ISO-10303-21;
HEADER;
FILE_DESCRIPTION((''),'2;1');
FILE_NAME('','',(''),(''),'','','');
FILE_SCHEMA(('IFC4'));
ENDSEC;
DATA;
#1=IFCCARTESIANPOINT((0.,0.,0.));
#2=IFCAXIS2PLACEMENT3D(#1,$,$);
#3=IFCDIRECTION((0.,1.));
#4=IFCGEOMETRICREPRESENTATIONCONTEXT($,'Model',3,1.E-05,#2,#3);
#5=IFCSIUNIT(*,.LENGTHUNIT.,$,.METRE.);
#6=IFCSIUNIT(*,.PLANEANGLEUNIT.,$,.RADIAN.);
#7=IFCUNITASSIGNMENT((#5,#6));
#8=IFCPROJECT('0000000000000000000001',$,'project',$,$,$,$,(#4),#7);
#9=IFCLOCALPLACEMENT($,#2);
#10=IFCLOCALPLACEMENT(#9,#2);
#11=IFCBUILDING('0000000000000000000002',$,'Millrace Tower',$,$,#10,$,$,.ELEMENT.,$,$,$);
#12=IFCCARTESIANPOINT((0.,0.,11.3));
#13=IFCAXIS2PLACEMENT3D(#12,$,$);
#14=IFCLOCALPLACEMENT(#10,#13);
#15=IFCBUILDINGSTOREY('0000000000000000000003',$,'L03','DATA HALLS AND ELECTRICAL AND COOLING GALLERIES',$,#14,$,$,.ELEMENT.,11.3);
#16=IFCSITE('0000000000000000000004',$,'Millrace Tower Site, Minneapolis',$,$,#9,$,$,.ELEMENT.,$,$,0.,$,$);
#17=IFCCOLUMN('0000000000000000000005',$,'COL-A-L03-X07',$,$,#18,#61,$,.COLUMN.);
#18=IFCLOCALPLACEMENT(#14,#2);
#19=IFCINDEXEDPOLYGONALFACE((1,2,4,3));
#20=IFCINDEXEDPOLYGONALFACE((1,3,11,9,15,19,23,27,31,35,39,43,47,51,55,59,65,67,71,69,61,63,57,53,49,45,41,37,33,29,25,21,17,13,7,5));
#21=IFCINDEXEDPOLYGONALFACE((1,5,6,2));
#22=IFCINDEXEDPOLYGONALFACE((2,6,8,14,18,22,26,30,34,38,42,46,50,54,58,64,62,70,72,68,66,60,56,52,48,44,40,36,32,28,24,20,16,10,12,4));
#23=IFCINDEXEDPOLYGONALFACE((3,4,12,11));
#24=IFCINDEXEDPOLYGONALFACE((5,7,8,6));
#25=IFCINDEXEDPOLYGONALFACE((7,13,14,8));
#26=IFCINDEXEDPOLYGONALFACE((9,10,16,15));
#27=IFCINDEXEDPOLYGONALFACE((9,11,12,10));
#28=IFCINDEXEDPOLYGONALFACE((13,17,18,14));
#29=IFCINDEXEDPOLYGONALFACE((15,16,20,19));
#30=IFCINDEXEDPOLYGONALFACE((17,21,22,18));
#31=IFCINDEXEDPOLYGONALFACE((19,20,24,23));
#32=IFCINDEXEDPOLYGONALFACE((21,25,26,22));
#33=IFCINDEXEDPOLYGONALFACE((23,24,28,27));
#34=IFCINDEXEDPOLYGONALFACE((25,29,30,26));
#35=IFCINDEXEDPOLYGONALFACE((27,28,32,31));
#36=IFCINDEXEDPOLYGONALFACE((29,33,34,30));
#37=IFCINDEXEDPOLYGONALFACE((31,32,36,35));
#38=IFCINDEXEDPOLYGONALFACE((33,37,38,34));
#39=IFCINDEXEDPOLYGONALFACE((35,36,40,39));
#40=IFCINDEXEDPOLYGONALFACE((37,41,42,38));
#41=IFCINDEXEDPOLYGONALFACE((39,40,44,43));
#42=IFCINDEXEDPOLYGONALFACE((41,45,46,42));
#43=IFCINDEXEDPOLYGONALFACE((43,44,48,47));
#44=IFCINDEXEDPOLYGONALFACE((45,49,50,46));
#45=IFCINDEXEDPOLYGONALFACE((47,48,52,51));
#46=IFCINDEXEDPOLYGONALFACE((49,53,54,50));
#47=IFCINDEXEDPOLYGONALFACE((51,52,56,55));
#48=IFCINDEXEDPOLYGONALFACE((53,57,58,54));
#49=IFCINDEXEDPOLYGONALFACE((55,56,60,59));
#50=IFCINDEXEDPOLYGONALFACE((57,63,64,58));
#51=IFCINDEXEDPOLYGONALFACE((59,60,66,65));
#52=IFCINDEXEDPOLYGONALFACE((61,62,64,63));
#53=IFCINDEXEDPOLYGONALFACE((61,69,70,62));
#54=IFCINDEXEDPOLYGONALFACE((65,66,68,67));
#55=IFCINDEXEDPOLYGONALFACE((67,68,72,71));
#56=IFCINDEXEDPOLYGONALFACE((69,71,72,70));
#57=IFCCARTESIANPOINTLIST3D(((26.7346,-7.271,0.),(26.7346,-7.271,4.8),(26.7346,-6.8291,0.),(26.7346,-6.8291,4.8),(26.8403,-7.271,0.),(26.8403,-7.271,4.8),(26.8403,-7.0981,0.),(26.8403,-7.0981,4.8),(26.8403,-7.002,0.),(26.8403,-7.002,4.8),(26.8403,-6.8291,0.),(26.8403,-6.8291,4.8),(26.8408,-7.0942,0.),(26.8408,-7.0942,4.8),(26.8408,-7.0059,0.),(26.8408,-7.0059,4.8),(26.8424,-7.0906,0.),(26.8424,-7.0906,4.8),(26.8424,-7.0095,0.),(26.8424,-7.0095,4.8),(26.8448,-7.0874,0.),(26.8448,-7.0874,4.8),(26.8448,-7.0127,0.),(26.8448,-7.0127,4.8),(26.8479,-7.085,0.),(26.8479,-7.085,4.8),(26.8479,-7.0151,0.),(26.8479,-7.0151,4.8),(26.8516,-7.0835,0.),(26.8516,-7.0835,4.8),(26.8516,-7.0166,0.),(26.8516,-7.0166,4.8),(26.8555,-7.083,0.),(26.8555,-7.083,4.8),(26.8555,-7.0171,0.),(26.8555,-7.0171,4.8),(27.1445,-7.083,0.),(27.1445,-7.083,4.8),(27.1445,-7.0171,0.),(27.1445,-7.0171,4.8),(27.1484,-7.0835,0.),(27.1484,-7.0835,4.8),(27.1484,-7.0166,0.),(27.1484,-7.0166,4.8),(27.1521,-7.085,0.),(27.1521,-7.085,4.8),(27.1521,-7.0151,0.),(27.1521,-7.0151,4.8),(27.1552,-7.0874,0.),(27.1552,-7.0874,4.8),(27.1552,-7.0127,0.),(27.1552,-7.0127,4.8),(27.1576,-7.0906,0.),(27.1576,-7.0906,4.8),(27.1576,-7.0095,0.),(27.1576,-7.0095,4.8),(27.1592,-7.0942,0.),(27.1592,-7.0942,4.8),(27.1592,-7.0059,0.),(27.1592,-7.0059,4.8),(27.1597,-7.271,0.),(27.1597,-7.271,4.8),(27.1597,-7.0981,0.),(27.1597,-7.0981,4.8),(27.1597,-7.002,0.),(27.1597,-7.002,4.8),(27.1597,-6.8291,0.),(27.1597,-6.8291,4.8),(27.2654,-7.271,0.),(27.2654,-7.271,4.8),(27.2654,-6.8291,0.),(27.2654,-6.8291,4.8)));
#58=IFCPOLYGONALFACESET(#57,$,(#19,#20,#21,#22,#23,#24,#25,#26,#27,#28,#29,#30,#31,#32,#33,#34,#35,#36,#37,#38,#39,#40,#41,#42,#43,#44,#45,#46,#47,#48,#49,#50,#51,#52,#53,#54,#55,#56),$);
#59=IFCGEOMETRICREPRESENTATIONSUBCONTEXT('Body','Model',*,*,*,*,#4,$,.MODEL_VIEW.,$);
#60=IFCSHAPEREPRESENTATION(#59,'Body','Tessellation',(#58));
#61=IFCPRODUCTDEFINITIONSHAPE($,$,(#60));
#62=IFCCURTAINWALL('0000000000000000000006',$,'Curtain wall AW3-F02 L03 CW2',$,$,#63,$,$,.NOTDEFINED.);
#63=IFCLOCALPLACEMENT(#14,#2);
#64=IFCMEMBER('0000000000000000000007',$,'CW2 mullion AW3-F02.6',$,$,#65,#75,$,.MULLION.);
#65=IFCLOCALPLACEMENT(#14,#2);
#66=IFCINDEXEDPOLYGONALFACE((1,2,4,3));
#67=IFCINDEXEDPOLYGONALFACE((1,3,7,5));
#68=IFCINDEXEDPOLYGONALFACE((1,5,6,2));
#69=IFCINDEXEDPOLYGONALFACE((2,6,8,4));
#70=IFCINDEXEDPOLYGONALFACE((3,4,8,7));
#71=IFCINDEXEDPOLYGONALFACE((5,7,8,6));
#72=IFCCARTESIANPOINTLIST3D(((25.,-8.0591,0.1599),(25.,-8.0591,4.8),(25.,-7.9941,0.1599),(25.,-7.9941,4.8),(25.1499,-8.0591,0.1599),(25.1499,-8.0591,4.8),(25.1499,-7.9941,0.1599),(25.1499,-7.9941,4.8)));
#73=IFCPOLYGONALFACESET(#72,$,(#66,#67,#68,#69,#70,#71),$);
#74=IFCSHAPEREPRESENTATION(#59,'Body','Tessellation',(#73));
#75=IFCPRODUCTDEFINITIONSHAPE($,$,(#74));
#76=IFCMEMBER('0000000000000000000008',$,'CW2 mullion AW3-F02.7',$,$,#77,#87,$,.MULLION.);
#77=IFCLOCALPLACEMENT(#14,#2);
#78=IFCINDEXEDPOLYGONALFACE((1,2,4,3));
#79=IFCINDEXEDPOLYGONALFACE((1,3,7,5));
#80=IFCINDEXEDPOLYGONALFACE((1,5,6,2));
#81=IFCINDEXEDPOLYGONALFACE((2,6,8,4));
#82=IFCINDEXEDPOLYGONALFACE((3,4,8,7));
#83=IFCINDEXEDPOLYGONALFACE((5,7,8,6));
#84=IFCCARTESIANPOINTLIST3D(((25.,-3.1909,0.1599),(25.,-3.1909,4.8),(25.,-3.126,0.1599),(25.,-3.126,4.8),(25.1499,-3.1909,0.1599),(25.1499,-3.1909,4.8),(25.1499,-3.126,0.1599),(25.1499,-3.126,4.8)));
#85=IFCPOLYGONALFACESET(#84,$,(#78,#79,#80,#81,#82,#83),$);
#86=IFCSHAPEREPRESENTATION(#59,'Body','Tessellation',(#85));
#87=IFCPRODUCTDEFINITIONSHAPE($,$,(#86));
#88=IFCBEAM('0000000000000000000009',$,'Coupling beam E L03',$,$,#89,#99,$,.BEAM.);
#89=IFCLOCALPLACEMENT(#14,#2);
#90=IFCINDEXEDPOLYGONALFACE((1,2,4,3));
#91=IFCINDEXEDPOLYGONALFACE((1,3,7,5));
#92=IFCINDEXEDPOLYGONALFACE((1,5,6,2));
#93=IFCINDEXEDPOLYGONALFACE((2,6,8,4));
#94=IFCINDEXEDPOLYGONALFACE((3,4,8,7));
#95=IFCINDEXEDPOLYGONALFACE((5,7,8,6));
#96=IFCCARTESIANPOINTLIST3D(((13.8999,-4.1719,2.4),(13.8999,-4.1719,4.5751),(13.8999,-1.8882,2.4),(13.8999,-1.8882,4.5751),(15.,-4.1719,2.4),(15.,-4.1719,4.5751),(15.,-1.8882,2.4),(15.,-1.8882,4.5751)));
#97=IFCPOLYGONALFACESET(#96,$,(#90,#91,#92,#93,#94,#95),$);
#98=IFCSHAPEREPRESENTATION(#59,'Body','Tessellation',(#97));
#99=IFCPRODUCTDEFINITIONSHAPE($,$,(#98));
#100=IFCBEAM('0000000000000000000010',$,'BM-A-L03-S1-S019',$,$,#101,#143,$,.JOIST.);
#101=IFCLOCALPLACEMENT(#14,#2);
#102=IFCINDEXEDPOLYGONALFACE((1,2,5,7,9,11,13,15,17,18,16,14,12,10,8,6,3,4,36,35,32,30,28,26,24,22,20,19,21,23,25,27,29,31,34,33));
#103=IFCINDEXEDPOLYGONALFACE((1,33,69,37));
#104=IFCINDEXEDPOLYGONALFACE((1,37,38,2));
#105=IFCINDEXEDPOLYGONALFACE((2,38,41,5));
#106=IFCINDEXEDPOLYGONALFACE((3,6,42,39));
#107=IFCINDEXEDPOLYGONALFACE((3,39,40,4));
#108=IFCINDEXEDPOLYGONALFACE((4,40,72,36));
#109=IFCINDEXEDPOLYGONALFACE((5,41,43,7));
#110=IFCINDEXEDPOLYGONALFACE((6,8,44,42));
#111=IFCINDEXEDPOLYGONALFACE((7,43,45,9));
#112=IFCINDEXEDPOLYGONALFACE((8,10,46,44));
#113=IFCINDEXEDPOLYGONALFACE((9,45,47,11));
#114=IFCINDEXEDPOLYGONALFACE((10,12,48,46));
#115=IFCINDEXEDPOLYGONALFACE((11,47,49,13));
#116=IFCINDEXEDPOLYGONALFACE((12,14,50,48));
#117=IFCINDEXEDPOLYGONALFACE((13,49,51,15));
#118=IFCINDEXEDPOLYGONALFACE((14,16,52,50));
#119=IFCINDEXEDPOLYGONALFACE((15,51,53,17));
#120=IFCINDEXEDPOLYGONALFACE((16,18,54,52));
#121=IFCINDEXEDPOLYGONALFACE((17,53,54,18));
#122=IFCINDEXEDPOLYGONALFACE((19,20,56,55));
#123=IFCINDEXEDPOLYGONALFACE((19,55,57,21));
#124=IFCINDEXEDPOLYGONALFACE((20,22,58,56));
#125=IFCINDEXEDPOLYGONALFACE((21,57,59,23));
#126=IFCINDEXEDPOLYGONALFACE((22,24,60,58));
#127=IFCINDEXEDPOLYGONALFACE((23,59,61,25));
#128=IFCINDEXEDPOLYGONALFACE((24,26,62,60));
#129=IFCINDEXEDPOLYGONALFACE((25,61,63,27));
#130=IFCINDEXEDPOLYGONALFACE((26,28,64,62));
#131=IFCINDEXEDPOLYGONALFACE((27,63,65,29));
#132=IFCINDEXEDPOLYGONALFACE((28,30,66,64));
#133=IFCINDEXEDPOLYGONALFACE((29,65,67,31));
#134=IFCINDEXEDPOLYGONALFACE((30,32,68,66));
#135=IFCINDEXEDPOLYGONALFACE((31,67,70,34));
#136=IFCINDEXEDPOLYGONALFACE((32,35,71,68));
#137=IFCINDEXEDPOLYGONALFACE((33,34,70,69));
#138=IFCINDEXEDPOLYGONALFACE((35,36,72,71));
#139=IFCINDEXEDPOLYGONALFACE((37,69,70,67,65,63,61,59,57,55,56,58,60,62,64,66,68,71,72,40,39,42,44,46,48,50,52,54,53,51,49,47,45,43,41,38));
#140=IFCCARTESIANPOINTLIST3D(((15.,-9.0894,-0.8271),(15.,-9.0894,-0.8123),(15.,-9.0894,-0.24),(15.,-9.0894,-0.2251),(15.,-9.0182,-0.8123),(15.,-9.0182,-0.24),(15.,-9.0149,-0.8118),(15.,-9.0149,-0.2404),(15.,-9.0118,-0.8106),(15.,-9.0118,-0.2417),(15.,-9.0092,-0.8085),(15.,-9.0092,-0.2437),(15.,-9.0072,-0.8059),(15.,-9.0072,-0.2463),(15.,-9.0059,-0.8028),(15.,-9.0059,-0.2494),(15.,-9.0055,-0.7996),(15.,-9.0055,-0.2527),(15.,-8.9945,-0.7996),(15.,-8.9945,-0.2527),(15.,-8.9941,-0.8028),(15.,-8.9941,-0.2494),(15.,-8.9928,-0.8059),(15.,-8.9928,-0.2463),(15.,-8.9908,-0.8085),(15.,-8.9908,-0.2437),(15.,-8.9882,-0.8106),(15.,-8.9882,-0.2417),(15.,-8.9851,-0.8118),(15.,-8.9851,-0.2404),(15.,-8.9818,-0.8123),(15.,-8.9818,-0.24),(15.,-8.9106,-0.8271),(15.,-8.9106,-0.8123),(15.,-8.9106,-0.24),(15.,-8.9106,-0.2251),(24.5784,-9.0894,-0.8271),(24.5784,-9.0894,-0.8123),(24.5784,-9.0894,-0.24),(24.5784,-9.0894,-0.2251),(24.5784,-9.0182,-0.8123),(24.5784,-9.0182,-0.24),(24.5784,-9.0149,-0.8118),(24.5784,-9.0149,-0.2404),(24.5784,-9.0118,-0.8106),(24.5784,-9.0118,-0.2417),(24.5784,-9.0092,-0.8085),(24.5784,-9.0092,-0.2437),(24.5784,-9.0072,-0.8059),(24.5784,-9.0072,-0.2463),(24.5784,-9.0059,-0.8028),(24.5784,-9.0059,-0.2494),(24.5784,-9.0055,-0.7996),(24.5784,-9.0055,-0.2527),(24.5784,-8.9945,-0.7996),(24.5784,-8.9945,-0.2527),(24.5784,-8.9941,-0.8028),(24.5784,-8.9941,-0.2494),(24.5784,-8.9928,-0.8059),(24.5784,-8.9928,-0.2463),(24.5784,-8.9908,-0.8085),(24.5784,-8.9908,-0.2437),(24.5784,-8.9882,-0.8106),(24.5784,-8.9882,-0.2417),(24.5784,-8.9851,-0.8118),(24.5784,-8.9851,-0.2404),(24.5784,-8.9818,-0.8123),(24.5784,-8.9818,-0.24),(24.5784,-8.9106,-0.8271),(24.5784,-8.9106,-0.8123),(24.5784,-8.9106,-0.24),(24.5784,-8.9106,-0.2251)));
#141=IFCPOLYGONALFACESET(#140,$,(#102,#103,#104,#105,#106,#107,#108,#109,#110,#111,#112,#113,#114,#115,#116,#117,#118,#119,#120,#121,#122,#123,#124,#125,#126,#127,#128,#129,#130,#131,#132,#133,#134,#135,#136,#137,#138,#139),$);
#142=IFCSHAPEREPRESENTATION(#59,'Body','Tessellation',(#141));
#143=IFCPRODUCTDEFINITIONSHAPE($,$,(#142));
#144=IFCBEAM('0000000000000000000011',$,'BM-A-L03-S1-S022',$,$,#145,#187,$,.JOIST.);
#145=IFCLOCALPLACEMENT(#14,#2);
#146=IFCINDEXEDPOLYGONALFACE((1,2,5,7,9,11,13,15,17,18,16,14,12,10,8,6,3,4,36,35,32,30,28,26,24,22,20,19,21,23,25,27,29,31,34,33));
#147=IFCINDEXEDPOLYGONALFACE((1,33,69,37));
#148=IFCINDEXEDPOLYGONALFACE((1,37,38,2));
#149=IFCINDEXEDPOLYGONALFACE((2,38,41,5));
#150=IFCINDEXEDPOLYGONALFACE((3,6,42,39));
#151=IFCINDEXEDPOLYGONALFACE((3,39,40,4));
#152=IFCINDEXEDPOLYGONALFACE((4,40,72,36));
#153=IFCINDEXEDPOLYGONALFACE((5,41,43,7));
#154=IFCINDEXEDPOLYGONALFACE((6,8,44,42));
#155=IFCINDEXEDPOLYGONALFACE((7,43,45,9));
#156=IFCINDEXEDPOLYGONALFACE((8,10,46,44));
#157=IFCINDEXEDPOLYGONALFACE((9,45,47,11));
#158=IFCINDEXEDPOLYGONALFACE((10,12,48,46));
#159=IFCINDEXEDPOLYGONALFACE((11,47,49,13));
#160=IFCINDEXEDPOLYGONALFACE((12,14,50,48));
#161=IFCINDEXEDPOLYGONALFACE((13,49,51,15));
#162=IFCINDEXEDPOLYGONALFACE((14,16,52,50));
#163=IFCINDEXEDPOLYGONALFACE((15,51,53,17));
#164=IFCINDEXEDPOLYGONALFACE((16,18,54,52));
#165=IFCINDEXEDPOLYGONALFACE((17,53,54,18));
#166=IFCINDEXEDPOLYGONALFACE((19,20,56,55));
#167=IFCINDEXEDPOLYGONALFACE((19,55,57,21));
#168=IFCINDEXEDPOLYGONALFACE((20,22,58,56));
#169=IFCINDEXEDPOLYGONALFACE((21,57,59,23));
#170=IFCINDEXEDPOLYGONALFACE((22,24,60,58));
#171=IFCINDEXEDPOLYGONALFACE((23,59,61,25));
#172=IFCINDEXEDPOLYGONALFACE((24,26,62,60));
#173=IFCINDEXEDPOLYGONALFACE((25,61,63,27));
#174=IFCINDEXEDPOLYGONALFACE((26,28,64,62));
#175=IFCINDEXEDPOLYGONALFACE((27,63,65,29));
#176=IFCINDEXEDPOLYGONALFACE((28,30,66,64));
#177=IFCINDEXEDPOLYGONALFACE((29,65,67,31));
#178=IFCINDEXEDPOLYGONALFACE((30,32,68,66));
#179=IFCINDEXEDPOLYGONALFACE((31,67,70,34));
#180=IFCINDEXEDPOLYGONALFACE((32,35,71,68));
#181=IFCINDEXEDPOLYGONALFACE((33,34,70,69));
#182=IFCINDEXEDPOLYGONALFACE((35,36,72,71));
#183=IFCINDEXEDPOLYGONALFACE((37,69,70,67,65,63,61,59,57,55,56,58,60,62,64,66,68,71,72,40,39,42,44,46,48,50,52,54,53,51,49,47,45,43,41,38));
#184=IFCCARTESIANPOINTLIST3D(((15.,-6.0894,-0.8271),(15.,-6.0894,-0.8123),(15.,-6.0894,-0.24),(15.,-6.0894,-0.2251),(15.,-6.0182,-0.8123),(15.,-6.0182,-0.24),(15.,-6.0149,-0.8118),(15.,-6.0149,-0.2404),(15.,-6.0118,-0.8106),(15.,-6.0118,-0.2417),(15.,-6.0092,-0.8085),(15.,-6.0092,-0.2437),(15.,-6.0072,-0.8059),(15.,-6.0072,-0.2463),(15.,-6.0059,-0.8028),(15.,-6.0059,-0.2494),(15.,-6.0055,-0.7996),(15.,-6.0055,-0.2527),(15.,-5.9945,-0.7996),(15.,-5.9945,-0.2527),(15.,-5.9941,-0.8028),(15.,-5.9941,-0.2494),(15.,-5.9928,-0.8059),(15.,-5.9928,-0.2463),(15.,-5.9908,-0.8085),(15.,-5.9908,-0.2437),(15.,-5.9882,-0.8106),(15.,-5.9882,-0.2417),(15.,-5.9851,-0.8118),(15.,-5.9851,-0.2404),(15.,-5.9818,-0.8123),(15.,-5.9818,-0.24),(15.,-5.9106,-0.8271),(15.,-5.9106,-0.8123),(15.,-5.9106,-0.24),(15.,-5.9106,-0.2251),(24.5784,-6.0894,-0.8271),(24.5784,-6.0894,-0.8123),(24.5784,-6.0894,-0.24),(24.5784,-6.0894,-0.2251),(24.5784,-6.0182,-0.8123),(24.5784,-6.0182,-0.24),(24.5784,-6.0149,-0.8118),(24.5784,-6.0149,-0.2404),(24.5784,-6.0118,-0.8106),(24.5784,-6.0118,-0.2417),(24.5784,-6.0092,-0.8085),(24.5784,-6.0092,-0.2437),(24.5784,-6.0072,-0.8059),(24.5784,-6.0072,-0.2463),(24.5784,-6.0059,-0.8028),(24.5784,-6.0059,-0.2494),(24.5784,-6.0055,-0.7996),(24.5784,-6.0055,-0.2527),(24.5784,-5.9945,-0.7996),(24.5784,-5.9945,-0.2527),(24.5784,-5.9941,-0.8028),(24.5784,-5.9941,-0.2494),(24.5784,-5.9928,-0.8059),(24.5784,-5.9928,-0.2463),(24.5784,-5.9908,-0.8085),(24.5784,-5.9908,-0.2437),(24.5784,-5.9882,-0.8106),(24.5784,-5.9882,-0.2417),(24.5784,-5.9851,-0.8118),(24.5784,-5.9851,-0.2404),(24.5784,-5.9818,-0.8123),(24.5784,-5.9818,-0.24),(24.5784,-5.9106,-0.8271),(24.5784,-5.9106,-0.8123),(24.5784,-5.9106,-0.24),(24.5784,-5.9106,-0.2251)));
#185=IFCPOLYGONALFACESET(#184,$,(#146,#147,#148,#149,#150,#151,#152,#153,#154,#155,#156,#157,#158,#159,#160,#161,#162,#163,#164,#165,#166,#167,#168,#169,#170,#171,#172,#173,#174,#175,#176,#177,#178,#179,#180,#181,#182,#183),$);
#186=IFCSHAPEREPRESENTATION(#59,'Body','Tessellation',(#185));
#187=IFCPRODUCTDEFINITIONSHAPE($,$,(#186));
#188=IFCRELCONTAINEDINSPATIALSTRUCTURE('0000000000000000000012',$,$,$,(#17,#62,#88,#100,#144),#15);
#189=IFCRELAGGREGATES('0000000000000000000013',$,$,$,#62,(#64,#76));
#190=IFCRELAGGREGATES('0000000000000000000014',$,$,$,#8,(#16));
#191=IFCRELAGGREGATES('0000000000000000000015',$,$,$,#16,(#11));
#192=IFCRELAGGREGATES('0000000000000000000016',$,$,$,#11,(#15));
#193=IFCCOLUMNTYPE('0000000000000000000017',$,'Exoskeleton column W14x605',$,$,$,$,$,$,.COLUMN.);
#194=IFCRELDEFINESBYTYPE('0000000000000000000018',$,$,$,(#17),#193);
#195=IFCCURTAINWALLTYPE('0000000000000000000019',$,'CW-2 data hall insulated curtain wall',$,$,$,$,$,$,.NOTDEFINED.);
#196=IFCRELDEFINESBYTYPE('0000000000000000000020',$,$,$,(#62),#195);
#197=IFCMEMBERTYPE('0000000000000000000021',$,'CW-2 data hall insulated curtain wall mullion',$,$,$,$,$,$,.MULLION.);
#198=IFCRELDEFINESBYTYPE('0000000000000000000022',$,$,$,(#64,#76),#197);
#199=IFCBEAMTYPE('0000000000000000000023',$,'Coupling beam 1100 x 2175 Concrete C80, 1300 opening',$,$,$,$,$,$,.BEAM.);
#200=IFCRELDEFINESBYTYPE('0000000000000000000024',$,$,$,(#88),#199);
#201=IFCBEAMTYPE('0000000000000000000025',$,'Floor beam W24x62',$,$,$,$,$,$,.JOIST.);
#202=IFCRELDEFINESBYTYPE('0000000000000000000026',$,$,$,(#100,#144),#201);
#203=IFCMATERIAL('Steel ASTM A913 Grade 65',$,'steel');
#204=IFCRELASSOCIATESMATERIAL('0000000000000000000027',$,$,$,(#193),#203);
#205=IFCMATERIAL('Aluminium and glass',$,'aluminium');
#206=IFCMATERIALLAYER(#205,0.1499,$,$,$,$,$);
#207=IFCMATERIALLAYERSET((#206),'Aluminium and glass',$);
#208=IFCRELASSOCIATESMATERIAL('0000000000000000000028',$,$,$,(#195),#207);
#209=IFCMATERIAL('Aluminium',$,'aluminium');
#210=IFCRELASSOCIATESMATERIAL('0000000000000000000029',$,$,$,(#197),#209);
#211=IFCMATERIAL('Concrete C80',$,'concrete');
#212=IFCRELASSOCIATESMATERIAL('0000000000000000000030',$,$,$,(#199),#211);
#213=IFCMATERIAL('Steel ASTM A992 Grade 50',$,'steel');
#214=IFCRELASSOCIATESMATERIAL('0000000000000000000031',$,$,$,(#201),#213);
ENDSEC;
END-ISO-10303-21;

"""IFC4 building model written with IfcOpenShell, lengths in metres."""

from ifc_helpers import new_model, si_unit, direction, frame, origin, origin_2d, place, context, subcontext, project, spatial, rectangle, i_section, extrude, material, layer, layer_set, material_profile, profile_set, type_object, element, aggregate, save


model = new_model("IFC4")

# Units and contexts
model_context = context("Model", 3, precision=1e-05, world=origin(), true_north=direction((0.0, 1.0)))
body_context = subcontext(model_context, "Body", "Model", "MODEL_VIEW")
ifc_project = project(units=[si_unit("LENGTHUNIT", "METRE"), si_unit("PLANEANGLEUNIT", "RADIAN")], contexts=[model_context])

# Site, building, storey
site_placement = place(None, origin())
site = spatial("IfcSite", under=ifc_project, at=site_placement, Name="Millrace Tower Site, Minneapolis", CompositionType="ELEMENT", RefElevation=0.0)
building_placement = place(site_placement, origin())
building = spatial("IfcBuilding", under=site, at=building_placement, Name="Millrace Tower", CompositionType="ELEMENT")
storey_placement = place(building_placement, frame((0.0, 0.0, 11.3)))
storey = spatial("IfcBuildingStorey", under=building, at=storey_placement, Name="L03", Description="DATA HALLS AND ELECTRICAL AND COOLING GALLERIES", CompositionType="ELEMENT", Elevation=11.3)

# Column
ifc_material_1 = material(Name="Steel ASTM A913 Grade 65", Category="steel")
ifc_material_profile_1 = material_profile(ifc_material_1, i_section(OverallWidth=0.4419, OverallDepth=0.5308, WebThickness=0.0659, FlangeThickness=0.1057, FilletRadius=0.0151, at=origin_2d()))
ifc_profile_set_1 = profile_set([ifc_material_profile_1], Name="Steel ASTM A913 Grade 65")
column_type = type_object("IfcColumnType", Name="Exoskeleton column W14x605", PredefinedType="COLUMN", material=ifc_profile_set_1)
column_placement = place(storey_placement, frame((27.0, -7.05, 0.0), z_axis=(0.0, 0.0, 1.0), x_axis=(0.0, 1.0, 0.0)))
element("IfcColumn", 1, at=column_placement, inside=storey, type_object=column_type, Name="COL-A-L03-X07", PredefinedType="COLUMN", context=body_context, shape_type="SweptSolid", body=[
    extrude(i_section(OverallWidth=0.4419, OverallDepth=0.5308, WebThickness=0.0659, FlangeThickness=0.1057, FilletRadius=0.0151, at=origin_2d()), origin(), (0.0, 0.0, 1.0), 4.8),
])

# Curtain wall, members
ifc_material_2 = material(Name="Aluminium and glass", Category="aluminium")
ifc_layer_1 = layer(ifc_material_2, 0.1499)
ifc_layer_set_1 = layer_set([ifc_layer_1], Name="Aluminium and glass")
curtain_wall_type = type_object("IfcCurtainWallType", Name="CW-2 data hall insulated curtain wall", PredefinedType="NOTDEFINED", material=ifc_layer_set_1)
placement = place(storey_placement, origin())
curtain_wall = element("IfcCurtainWall", 2, at=placement, inside=storey, type_object=curtain_wall_type, Name="Curtain wall AW3-F02 L03 CW2", PredefinedType="NOTDEFINED")
ifc_material_3 = material(Name="Aluminium", Category="aluminium")
ifc_material_profile_2 = material_profile(ifc_material_3, rectangle(XDim=0.0649, YDim=0.1499, at=origin_2d()))
ifc_profile_set_2 = profile_set([ifc_material_profile_2], Name="Aluminium")
member_type = type_object("IfcMemberType", Name="CW-2 data hall insulated curtain wall mullion", PredefinedType="MULLION", material=ifc_profile_set_2)
member_1_placement = place(storey_placement, frame((25.075, -8.0266, 0.1599), z_axis=(0.0, 0.0, 1.0), x_axis=(0.0, 1.0, 0.0)))
member_1 = element("IfcMember", 3, at=member_1_placement, type_object=member_type, Name="CW2 mullion AW3-F02.6", PredefinedType="MULLION", context=body_context, shape_type="SweptSolid", body=[
    extrude(rectangle(XDim=0.0649, YDim=0.1499, at=origin_2d()), origin(), (0.0, 0.0, 1.0), 4.6401),
])
member_2_placement = place(storey_placement, frame((25.075, -3.1584, 0.1599), z_axis=(0.0, 0.0, 1.0), x_axis=(0.0, 1.0, 0.0)))
member_2 = element("IfcMember", 4, at=member_2_placement, type_object=member_type, Name="CW2 mullion AW3-F02.7", PredefinedType="MULLION", context=body_context, shape_type="SweptSolid", body=[
    extrude(rectangle(XDim=0.0649, YDim=0.1499, at=origin_2d()), origin(), (0.0, 0.0, 1.0), 4.6401),
])
aggregate(curtain_wall, [member_1, member_2])

# Beams
ifc_material_4 = material(Name="Concrete C80", Category="concrete")
ifc_material_profile_3 = material_profile(ifc_material_4, rectangle(XDim=1.1001, YDim=2.175, at=origin_2d()))
ifc_profile_set_3 = profile_set([ifc_material_profile_3], Name="Concrete C80")
beam_type_1 = type_object("IfcBeamType", Name="Coupling beam 1100 x 2175 Concrete C80, 1300 opening", PredefinedType="BEAM", material=ifc_profile_set_3)
beam_1_placement = place(storey_placement, frame((14.45, -1.8882, 3.4875), z_axis=(0.0, -1.0, 0.0), x_axis=(1.0, 0.0, 0.0)))
element("IfcBeam", 5, at=beam_1_placement, inside=storey, type_object=beam_type_1, Name="Coupling beam E L03", PredefinedType="BEAM", context=body_context, shape_type="SweptSolid", body=[
    extrude(rectangle(XDim=1.1001, YDim=2.175, at=origin_2d()), origin(), (0.0, 0.0, 1.0), 2.2837),
])
ifc_material_5 = material(Name="Steel ASTM A992 Grade 50", Category="steel")
ifc_material_profile_4 = material_profile(ifc_material_5, i_section(OverallWidth=0.1787, OverallDepth=0.6021, WebThickness=0.011, FlangeThickness=0.0149, FilletRadius=0.0127, at=origin_2d()))
ifc_profile_set_4 = profile_set([ifc_material_profile_4], Name="Steel ASTM A992 Grade 50")
beam_type_2 = type_object("IfcBeamType", Name="Floor beam W24x62", PredefinedType="JOIST", material=ifc_profile_set_4)
for number, where, z_axis, x_axis, name in (
    (6, (15.0, -9.0, -0.5261), (1.0, 0.0, 0.0), (0.0, 1.0, 0.0), "BM-A-L03-S1-S019"),
    (7, (15.0, -6.0, -0.5261), (1.0, 0.0, 0.0), (0.0, 1.0, 0.0), "BM-A-L03-S1-S022"),
):
    element("IfcBeam", number, at=place(storey_placement, frame(where, z_axis=z_axis, x_axis=x_axis)), inside=storey, type_object=beam_type_2, Name=name, PredefinedType="JOIST", context=body_context, shape_type="SweptSolid", body=[
        extrude(i_section(OverallWidth=0.1787, OverallDepth=0.6021, WebThickness=0.011, FlangeThickness=0.0149, FilletRadius=0.0127, at=origin_2d()), origin(), (0.0, 0.0, 1.0), 9.5784),
    ])

save(model, "model.ifc")
